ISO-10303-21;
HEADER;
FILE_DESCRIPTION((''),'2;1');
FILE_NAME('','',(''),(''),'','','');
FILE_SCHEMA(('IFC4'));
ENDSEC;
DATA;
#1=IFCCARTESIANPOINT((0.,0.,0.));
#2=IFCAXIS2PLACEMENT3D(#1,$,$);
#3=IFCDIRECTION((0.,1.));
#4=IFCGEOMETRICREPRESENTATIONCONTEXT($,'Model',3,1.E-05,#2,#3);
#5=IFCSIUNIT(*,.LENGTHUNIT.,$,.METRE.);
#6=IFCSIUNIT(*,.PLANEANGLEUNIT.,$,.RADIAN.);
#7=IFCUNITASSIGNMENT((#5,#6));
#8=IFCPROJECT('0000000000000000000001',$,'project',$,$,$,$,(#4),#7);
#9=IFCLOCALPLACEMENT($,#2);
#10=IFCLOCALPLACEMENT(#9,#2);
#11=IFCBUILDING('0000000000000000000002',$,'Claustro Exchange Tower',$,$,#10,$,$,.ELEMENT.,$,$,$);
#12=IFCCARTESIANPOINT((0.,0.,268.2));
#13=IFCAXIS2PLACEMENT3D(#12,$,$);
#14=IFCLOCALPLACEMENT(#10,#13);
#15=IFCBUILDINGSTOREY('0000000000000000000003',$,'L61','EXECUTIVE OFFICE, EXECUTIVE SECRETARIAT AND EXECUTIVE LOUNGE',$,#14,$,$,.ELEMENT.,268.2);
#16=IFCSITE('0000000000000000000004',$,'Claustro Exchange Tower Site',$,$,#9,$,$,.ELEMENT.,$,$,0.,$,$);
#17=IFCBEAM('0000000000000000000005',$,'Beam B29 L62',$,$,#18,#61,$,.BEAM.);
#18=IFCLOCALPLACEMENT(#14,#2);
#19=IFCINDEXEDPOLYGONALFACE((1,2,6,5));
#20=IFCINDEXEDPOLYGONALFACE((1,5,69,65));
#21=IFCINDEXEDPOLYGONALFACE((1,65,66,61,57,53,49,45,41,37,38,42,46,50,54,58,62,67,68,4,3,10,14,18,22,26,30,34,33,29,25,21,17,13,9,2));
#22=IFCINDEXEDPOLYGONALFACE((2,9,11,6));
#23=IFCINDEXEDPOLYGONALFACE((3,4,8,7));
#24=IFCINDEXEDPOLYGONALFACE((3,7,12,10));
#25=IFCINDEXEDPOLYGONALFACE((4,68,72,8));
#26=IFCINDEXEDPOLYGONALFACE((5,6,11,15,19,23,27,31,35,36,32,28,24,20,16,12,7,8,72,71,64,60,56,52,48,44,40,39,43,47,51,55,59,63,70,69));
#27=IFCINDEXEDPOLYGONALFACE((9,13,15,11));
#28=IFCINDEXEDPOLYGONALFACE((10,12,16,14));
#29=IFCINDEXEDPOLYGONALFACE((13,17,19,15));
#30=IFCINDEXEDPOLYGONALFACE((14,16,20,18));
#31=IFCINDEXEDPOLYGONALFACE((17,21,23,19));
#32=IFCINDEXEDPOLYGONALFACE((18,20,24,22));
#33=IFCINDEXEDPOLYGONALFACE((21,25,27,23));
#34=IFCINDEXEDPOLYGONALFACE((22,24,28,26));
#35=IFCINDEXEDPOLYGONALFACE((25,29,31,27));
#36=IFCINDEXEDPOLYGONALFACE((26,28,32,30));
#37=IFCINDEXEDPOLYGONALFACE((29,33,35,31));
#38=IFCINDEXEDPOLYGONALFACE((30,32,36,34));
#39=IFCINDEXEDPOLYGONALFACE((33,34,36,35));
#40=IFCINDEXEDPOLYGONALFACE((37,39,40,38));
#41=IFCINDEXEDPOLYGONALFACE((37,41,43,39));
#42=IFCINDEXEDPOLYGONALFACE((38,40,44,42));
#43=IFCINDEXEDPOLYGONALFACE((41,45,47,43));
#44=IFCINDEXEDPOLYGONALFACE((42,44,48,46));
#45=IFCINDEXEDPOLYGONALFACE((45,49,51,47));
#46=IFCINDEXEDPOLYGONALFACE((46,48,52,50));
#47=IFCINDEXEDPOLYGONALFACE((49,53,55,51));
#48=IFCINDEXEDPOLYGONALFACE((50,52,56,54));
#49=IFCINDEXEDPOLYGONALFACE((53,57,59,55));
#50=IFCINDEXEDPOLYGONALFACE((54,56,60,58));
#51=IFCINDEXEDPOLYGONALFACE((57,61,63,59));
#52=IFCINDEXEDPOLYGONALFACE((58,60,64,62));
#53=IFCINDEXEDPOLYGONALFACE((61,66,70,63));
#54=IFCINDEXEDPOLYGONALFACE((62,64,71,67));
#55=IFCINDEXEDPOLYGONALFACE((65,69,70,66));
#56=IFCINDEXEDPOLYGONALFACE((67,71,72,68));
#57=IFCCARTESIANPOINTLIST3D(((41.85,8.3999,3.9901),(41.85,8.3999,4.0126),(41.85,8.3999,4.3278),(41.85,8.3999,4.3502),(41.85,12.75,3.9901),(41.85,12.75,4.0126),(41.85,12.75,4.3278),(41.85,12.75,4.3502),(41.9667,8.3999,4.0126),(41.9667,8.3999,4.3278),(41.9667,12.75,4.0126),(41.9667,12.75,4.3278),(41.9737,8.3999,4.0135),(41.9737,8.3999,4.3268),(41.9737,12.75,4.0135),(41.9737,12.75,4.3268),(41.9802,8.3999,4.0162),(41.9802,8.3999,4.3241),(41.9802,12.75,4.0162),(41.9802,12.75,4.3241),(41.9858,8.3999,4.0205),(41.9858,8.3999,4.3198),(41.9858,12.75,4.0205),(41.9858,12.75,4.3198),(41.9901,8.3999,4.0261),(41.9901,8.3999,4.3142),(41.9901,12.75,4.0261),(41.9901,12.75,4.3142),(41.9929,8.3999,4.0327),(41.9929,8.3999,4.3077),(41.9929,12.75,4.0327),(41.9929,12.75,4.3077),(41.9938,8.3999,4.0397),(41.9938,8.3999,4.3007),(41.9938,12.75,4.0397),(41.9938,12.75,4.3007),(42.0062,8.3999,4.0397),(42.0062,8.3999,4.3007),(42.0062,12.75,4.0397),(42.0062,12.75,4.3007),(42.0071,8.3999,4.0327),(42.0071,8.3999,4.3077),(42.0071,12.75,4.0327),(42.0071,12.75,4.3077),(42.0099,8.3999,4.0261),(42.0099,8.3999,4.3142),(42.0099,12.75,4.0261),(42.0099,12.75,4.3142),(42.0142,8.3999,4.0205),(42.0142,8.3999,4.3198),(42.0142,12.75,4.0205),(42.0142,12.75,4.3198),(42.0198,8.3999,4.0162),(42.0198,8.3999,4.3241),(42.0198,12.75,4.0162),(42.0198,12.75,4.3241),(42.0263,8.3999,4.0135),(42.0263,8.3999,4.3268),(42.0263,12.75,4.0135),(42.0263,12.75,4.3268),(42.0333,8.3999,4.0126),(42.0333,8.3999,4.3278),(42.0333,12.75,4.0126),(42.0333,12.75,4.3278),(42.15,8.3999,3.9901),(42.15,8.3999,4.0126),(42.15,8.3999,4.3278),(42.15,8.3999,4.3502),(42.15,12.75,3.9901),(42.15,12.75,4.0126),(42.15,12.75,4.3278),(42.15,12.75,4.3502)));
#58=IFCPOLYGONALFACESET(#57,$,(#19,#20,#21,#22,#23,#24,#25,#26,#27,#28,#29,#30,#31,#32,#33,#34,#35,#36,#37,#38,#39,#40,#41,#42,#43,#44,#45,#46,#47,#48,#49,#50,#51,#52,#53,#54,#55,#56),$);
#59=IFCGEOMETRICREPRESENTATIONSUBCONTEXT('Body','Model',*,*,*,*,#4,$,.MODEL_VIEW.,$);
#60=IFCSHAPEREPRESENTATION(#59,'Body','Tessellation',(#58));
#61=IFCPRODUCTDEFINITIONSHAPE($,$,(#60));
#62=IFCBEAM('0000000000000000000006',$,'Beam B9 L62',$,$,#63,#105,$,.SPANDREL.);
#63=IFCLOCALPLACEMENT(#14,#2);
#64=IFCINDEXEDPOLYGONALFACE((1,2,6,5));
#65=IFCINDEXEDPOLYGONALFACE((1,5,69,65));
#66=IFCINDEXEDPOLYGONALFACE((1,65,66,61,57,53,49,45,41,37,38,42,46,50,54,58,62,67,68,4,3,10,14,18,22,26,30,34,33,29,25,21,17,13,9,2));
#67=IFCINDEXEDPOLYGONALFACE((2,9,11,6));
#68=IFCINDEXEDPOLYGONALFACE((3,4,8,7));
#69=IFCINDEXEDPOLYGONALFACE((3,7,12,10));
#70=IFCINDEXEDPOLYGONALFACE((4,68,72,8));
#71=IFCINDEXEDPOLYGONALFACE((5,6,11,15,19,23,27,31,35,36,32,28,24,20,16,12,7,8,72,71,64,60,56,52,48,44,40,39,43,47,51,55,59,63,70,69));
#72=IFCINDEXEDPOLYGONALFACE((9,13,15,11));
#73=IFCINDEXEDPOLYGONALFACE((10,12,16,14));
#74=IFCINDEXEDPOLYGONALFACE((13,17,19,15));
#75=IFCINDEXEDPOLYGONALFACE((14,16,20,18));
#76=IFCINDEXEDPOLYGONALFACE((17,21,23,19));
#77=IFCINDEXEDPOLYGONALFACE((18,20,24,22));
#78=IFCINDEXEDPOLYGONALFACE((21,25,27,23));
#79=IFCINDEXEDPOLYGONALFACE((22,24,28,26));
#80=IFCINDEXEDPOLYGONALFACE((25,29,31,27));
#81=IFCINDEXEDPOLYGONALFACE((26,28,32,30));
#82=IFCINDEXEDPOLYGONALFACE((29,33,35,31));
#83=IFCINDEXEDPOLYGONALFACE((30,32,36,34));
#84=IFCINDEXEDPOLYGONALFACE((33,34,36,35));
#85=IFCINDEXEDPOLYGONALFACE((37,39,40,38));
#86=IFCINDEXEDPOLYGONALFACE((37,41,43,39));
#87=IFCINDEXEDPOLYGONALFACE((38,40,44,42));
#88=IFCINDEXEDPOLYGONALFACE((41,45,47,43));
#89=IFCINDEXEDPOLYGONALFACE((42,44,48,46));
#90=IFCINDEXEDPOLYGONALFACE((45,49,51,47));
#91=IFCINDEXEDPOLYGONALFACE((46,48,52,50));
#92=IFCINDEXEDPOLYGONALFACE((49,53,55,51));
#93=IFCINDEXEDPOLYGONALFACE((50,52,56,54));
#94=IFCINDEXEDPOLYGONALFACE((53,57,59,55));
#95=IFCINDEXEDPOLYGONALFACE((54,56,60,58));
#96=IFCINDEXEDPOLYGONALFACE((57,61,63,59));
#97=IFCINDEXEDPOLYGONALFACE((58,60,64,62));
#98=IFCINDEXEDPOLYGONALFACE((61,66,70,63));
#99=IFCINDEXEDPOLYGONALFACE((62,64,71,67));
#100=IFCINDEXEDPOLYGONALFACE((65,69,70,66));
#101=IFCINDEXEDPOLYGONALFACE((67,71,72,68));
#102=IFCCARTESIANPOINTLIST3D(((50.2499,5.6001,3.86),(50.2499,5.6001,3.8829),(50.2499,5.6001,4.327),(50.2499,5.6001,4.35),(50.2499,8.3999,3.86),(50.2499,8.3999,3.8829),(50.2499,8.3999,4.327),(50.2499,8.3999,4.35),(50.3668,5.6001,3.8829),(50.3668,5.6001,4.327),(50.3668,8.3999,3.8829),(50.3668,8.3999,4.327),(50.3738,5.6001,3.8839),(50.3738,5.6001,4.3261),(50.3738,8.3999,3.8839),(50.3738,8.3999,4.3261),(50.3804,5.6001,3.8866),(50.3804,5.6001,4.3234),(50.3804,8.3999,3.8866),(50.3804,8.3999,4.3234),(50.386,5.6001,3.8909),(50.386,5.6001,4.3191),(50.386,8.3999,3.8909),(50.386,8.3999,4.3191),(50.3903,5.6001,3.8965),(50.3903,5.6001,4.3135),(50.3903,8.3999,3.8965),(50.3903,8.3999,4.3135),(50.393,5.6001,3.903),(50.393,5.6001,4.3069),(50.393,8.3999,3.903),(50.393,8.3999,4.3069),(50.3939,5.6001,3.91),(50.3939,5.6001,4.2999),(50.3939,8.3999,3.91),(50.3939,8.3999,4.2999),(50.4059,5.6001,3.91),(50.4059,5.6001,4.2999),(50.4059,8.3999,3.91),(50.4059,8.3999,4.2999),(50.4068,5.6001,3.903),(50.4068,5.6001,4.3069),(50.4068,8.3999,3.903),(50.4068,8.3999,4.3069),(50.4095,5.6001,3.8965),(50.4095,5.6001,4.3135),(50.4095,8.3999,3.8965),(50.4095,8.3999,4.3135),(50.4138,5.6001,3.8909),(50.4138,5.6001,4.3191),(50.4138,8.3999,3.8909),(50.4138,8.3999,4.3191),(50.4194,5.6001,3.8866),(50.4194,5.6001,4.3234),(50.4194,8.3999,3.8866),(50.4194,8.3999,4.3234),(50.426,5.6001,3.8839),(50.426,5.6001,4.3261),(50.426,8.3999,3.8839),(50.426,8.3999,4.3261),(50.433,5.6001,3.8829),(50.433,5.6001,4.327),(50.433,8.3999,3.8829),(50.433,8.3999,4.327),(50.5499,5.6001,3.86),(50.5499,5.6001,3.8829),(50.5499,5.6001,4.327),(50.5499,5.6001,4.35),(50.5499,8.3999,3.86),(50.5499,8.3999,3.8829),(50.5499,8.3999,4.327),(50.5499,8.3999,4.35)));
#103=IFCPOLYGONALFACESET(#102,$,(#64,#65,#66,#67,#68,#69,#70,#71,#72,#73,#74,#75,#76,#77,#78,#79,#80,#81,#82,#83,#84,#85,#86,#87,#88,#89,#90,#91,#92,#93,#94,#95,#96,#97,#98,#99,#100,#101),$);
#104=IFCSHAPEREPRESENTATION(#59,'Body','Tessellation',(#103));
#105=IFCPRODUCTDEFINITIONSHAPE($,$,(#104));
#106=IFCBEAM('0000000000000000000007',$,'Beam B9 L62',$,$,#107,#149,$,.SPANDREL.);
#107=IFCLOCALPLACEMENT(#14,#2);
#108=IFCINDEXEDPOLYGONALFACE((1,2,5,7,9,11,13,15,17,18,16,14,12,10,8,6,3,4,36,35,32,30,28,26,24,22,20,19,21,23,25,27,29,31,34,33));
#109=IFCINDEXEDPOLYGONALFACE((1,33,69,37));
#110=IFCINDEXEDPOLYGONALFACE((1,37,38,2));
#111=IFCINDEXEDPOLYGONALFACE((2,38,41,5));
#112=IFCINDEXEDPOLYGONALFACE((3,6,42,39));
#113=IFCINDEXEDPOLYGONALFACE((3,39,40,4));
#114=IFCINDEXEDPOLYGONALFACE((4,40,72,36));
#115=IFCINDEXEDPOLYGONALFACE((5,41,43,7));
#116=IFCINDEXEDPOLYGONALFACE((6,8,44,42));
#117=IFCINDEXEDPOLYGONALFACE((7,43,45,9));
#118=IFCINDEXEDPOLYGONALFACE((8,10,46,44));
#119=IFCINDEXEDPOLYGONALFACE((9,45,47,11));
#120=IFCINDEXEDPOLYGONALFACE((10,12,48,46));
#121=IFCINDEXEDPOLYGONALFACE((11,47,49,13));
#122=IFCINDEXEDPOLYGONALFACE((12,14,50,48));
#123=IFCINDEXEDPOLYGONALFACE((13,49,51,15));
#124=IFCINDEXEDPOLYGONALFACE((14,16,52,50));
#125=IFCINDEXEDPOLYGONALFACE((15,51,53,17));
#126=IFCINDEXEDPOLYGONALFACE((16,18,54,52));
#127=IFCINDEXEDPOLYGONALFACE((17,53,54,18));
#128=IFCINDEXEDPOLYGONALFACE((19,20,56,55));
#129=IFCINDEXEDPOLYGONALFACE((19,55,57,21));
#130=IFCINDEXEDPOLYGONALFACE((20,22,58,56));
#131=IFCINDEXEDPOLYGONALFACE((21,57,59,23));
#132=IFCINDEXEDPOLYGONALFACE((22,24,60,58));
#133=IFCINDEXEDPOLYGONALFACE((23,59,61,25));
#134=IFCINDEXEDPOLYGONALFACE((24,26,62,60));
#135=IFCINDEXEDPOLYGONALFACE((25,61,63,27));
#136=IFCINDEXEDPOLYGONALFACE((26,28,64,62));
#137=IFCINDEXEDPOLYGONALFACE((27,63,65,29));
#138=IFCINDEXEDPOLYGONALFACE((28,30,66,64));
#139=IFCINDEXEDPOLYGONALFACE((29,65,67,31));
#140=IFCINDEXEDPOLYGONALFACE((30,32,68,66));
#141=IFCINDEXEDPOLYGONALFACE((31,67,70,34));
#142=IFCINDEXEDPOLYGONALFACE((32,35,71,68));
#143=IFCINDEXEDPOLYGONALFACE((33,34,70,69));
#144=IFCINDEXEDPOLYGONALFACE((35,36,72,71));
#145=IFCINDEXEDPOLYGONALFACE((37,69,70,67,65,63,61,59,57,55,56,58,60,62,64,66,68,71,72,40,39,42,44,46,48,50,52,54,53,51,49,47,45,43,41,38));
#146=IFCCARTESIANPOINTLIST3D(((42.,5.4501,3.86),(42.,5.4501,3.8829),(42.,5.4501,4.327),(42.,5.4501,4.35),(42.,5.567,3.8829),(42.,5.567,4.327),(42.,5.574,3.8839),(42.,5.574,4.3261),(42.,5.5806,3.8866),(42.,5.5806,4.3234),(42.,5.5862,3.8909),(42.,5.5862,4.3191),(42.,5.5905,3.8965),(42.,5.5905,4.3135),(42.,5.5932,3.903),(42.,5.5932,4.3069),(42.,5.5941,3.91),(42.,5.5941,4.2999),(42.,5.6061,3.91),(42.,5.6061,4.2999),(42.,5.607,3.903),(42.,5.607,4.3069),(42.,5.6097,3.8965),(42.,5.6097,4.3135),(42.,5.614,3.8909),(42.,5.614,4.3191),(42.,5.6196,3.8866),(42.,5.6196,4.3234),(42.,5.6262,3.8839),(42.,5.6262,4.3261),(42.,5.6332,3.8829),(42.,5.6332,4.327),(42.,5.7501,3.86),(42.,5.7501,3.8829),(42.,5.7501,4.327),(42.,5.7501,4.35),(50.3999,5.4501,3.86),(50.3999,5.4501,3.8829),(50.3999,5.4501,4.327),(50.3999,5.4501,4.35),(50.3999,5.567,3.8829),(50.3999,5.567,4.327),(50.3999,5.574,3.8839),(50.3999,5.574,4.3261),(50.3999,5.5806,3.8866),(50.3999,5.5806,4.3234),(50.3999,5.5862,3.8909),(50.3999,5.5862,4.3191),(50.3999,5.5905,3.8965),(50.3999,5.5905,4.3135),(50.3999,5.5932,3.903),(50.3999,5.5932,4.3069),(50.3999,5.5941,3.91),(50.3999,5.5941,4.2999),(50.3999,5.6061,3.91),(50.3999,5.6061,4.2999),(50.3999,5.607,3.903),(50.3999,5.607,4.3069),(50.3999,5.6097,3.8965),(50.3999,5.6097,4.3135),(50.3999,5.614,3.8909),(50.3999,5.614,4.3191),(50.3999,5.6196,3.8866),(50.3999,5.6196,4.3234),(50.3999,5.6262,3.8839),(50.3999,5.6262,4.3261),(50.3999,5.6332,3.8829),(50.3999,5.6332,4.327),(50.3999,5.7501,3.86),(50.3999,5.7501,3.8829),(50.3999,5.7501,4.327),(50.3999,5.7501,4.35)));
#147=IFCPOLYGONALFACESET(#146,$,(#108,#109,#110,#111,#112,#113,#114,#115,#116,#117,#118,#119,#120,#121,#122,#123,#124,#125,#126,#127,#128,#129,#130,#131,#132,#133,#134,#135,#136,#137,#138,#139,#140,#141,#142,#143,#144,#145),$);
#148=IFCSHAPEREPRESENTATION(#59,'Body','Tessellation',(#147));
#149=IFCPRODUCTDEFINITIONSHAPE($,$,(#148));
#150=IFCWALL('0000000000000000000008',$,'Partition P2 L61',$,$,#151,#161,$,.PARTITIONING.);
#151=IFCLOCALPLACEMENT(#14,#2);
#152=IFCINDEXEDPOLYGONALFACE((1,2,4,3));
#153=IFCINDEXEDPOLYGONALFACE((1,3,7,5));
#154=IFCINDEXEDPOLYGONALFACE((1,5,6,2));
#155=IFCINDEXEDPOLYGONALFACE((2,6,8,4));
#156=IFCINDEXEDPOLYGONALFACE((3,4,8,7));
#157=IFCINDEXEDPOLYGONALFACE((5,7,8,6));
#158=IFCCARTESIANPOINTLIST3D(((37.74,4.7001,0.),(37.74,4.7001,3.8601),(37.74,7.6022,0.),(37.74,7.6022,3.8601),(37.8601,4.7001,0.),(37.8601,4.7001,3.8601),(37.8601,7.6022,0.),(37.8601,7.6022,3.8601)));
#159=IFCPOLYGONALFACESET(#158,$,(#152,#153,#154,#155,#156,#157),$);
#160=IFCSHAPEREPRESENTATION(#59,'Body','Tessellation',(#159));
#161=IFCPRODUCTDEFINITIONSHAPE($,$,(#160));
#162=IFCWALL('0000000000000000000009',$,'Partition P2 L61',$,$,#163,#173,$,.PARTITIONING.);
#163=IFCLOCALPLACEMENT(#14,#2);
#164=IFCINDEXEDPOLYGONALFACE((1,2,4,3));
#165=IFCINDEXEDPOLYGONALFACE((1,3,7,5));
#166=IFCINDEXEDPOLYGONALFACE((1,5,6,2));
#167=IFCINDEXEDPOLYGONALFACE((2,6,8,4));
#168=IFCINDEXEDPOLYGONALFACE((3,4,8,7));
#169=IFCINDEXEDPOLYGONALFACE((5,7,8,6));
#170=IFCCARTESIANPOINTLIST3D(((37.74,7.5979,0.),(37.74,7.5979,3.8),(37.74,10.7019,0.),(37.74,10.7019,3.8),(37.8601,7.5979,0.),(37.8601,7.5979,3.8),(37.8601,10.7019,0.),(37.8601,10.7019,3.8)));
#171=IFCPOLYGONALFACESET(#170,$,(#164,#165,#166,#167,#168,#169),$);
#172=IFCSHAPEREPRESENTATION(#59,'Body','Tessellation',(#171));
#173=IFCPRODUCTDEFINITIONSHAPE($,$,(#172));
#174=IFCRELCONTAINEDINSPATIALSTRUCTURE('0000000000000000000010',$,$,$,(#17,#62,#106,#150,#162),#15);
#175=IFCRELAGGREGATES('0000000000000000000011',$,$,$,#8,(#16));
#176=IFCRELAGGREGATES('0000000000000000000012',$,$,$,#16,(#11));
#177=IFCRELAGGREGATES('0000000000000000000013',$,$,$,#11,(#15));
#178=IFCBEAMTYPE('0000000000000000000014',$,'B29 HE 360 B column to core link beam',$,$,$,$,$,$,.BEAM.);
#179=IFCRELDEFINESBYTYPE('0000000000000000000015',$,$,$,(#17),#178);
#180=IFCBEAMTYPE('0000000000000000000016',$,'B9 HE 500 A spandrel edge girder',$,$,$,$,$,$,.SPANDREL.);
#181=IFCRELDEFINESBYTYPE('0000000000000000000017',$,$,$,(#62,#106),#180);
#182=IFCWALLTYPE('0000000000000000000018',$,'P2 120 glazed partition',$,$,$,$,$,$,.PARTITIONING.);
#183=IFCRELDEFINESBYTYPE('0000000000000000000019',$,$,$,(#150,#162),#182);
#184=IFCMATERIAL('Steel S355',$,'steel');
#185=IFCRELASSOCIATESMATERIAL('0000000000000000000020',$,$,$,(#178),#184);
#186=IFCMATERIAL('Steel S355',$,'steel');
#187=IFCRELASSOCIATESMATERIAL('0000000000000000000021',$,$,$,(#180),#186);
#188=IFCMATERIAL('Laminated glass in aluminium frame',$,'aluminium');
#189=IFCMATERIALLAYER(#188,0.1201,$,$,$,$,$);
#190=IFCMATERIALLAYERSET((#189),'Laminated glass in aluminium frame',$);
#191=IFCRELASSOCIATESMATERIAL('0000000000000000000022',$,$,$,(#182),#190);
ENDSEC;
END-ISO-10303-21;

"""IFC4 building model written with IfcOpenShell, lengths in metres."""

from ifc_helpers import new_model, si_unit, direction, frame, frame_2d, origin, origin_2d, place, context, subcontext, project, spatial, rectangle, i_section, extrude, material, layer, layer_set, material_profile, profile_set, type_object, element, save


model = new_model("IFC4")

# Units and contexts
model_context = context("Model", 3, precision=1e-05, world=origin(), true_north=direction((0.0, 1.0)))
body_context = subcontext(model_context, "Body", "Model", "MODEL_VIEW")
ifc_project = project(units=[si_unit("LENGTHUNIT", "METRE"), si_unit("PLANEANGLEUNIT", "RADIAN")], contexts=[model_context])

# Site, building, storey
site_placement = place(None, origin())
site = spatial("IfcSite", under=ifc_project, at=site_placement, Name="Claustro Exchange Tower Site", CompositionType="ELEMENT", RefElevation=0.0)
building_placement = place(site_placement, origin())
building = spatial("IfcBuilding", under=site, at=building_placement, Name="Claustro Exchange Tower", CompositionType="ELEMENT")
storey_placement = place(building_placement, frame((0.0, 0.0, 268.2)))
storey = spatial("IfcBuildingStorey", under=building, at=storey_placement, Name="L61", Description="EXECUTIVE OFFICE, EXECUTIVE SECRETARIAT AND EXECUTIVE LOUNGE", CompositionType="ELEMENT", Elevation=268.2)

# Beams
ifc_material_1 = material(Name="Steel S355", Category="steel")
ifc_material_profile_1 = material_profile(ifc_material_1, i_section(OverallWidth=0.3, OverallDepth=0.3601, WebThickness=0.0125, FlangeThickness=0.0225, FilletRadius=0.0271, at=origin_2d()), Name="HE 360 B")
ifc_profile_set_1 = profile_set([ifc_material_profile_1], Name="Steel S355")
beam_type_1 = type_object("IfcBeamType", Name="B29 HE 360 B column to core link beam", PredefinedType="BEAM", material=ifc_profile_set_1)
beam_1_placement = place(storey_placement, frame((42.0, 8.3999, 4.1702), z_axis=(0.0, 1.0, 0.0), x_axis=(-1.0, 0.0, 0.0)))
element("IfcBeam", 1, at=beam_1_placement, inside=storey, type_object=beam_type_1, Name="Beam B29 L62", PredefinedType="BEAM", context=body_context, shape_type="SweptSolid", body=[
    extrude(i_section(OverallWidth=0.3, OverallDepth=0.3601, WebThickness=0.0125, FlangeThickness=0.0225, FilletRadius=0.0271, at=origin_2d()), origin(), (0.0, 0.0, 1.0), 4.3501),
])
ifc_material_2 = material(Name="Steel S355", Category="steel")
ifc_material_profile_2 = material_profile(ifc_material_2, i_section(OverallWidth=0.3, OverallDepth=0.49, WebThickness=0.012, FlangeThickness=0.0229, FilletRadius=0.0271, at=origin_2d()), Name="HE 500 A")
ifc_profile_set_2 = profile_set([ifc_material_profile_2], Name="Steel S355")
beam_type_2 = type_object("IfcBeamType", Name="B9 HE 500 A spandrel edge girder", PredefinedType="SPANDREL", material=ifc_profile_set_2)
beam_2_placement = place(storey_placement, frame((50.3999, 5.6001, 4.105), z_axis=(0.0, 1.0, 0.0), x_axis=(-1.0, 0.0, 0.0)))
element("IfcBeam", 2, at=beam_2_placement, inside=storey, type_object=beam_type_2, Name="Beam B9 L62", PredefinedType="SPANDREL", context=body_context, shape_type="SweptSolid", body=[
    extrude(i_section(OverallWidth=0.3, OverallDepth=0.49, WebThickness=0.012, FlangeThickness=0.0229, FilletRadius=0.0271, at=origin_2d()), origin(), (0.0, 0.0, 1.0), 2.7998),
])
beam_3_placement = place(storey_placement, frame((42.0, 5.6001, 4.105), z_axis=(1.0, 0.0, 0.0), x_axis=(0.0, 1.0, 0.0)))
element("IfcBeam", 3, at=beam_3_placement, inside=storey, type_object=beam_type_2, Name="Beam B9 L62", PredefinedType="SPANDREL", context=body_context, shape_type="SweptSolid", body=[
    extrude(i_section(OverallWidth=0.3, OverallDepth=0.49, WebThickness=0.012, FlangeThickness=0.0229, FilletRadius=0.0271, at=origin_2d()), origin(), (0.0, 0.0, 1.0), 8.3999),
])

# Walls
ifc_material_3 = material(Name="Laminated glass in aluminium frame", Category="aluminium")
ifc_layer_1 = layer(ifc_material_3, 0.1201)
ifc_layer_set_1 = layer_set([ifc_layer_1], Name="Laminated glass in aluminium frame")
wall_type_1 = type_object("IfcWallType", Name="P2 120 glazed partition", PredefinedType="PARTITIONING", material=ifc_layer_set_1)
wall_1_placement = place(storey_placement, frame((37.8, 4.7, 0.0), z_axis=(0.0, 0.0, 1.0), x_axis=(0.0, 1.0, 0.0)))
element("IfcWall", 4, at=wall_1_placement, inside=storey, type_object=wall_type_1, Name="Partition P2 L61", PredefinedType="PARTITIONING", context=body_context, shape_type="SweptSolid", body=[
    extrude(rectangle(XDim=2.9021, YDim=0.1201, at=frame_2d((1.4512, 0.0))), origin(), (0.0, 0.0, 1.0), 3.8601),
])
wall_2_placement = place(storey_placement, frame((37.8, 7.5979, 0.0), z_axis=(0.0, 0.0, 1.0), x_axis=(0.0, 1.0, 0.0)))
element("IfcWall", 5, at=wall_2_placement, inside=storey, type_object=wall_type_1, Name="Partition P2 L61", PredefinedType="PARTITIONING", context=body_context, shape_type="SweptSolid", body=[
    extrude(rectangle(XDim=3.104, YDim=0.1201, at=frame_2d((1.552, 0.0))), origin(), (0.0, 0.0, 1.0), 3.8),
])

save(model, "model.ifc")
